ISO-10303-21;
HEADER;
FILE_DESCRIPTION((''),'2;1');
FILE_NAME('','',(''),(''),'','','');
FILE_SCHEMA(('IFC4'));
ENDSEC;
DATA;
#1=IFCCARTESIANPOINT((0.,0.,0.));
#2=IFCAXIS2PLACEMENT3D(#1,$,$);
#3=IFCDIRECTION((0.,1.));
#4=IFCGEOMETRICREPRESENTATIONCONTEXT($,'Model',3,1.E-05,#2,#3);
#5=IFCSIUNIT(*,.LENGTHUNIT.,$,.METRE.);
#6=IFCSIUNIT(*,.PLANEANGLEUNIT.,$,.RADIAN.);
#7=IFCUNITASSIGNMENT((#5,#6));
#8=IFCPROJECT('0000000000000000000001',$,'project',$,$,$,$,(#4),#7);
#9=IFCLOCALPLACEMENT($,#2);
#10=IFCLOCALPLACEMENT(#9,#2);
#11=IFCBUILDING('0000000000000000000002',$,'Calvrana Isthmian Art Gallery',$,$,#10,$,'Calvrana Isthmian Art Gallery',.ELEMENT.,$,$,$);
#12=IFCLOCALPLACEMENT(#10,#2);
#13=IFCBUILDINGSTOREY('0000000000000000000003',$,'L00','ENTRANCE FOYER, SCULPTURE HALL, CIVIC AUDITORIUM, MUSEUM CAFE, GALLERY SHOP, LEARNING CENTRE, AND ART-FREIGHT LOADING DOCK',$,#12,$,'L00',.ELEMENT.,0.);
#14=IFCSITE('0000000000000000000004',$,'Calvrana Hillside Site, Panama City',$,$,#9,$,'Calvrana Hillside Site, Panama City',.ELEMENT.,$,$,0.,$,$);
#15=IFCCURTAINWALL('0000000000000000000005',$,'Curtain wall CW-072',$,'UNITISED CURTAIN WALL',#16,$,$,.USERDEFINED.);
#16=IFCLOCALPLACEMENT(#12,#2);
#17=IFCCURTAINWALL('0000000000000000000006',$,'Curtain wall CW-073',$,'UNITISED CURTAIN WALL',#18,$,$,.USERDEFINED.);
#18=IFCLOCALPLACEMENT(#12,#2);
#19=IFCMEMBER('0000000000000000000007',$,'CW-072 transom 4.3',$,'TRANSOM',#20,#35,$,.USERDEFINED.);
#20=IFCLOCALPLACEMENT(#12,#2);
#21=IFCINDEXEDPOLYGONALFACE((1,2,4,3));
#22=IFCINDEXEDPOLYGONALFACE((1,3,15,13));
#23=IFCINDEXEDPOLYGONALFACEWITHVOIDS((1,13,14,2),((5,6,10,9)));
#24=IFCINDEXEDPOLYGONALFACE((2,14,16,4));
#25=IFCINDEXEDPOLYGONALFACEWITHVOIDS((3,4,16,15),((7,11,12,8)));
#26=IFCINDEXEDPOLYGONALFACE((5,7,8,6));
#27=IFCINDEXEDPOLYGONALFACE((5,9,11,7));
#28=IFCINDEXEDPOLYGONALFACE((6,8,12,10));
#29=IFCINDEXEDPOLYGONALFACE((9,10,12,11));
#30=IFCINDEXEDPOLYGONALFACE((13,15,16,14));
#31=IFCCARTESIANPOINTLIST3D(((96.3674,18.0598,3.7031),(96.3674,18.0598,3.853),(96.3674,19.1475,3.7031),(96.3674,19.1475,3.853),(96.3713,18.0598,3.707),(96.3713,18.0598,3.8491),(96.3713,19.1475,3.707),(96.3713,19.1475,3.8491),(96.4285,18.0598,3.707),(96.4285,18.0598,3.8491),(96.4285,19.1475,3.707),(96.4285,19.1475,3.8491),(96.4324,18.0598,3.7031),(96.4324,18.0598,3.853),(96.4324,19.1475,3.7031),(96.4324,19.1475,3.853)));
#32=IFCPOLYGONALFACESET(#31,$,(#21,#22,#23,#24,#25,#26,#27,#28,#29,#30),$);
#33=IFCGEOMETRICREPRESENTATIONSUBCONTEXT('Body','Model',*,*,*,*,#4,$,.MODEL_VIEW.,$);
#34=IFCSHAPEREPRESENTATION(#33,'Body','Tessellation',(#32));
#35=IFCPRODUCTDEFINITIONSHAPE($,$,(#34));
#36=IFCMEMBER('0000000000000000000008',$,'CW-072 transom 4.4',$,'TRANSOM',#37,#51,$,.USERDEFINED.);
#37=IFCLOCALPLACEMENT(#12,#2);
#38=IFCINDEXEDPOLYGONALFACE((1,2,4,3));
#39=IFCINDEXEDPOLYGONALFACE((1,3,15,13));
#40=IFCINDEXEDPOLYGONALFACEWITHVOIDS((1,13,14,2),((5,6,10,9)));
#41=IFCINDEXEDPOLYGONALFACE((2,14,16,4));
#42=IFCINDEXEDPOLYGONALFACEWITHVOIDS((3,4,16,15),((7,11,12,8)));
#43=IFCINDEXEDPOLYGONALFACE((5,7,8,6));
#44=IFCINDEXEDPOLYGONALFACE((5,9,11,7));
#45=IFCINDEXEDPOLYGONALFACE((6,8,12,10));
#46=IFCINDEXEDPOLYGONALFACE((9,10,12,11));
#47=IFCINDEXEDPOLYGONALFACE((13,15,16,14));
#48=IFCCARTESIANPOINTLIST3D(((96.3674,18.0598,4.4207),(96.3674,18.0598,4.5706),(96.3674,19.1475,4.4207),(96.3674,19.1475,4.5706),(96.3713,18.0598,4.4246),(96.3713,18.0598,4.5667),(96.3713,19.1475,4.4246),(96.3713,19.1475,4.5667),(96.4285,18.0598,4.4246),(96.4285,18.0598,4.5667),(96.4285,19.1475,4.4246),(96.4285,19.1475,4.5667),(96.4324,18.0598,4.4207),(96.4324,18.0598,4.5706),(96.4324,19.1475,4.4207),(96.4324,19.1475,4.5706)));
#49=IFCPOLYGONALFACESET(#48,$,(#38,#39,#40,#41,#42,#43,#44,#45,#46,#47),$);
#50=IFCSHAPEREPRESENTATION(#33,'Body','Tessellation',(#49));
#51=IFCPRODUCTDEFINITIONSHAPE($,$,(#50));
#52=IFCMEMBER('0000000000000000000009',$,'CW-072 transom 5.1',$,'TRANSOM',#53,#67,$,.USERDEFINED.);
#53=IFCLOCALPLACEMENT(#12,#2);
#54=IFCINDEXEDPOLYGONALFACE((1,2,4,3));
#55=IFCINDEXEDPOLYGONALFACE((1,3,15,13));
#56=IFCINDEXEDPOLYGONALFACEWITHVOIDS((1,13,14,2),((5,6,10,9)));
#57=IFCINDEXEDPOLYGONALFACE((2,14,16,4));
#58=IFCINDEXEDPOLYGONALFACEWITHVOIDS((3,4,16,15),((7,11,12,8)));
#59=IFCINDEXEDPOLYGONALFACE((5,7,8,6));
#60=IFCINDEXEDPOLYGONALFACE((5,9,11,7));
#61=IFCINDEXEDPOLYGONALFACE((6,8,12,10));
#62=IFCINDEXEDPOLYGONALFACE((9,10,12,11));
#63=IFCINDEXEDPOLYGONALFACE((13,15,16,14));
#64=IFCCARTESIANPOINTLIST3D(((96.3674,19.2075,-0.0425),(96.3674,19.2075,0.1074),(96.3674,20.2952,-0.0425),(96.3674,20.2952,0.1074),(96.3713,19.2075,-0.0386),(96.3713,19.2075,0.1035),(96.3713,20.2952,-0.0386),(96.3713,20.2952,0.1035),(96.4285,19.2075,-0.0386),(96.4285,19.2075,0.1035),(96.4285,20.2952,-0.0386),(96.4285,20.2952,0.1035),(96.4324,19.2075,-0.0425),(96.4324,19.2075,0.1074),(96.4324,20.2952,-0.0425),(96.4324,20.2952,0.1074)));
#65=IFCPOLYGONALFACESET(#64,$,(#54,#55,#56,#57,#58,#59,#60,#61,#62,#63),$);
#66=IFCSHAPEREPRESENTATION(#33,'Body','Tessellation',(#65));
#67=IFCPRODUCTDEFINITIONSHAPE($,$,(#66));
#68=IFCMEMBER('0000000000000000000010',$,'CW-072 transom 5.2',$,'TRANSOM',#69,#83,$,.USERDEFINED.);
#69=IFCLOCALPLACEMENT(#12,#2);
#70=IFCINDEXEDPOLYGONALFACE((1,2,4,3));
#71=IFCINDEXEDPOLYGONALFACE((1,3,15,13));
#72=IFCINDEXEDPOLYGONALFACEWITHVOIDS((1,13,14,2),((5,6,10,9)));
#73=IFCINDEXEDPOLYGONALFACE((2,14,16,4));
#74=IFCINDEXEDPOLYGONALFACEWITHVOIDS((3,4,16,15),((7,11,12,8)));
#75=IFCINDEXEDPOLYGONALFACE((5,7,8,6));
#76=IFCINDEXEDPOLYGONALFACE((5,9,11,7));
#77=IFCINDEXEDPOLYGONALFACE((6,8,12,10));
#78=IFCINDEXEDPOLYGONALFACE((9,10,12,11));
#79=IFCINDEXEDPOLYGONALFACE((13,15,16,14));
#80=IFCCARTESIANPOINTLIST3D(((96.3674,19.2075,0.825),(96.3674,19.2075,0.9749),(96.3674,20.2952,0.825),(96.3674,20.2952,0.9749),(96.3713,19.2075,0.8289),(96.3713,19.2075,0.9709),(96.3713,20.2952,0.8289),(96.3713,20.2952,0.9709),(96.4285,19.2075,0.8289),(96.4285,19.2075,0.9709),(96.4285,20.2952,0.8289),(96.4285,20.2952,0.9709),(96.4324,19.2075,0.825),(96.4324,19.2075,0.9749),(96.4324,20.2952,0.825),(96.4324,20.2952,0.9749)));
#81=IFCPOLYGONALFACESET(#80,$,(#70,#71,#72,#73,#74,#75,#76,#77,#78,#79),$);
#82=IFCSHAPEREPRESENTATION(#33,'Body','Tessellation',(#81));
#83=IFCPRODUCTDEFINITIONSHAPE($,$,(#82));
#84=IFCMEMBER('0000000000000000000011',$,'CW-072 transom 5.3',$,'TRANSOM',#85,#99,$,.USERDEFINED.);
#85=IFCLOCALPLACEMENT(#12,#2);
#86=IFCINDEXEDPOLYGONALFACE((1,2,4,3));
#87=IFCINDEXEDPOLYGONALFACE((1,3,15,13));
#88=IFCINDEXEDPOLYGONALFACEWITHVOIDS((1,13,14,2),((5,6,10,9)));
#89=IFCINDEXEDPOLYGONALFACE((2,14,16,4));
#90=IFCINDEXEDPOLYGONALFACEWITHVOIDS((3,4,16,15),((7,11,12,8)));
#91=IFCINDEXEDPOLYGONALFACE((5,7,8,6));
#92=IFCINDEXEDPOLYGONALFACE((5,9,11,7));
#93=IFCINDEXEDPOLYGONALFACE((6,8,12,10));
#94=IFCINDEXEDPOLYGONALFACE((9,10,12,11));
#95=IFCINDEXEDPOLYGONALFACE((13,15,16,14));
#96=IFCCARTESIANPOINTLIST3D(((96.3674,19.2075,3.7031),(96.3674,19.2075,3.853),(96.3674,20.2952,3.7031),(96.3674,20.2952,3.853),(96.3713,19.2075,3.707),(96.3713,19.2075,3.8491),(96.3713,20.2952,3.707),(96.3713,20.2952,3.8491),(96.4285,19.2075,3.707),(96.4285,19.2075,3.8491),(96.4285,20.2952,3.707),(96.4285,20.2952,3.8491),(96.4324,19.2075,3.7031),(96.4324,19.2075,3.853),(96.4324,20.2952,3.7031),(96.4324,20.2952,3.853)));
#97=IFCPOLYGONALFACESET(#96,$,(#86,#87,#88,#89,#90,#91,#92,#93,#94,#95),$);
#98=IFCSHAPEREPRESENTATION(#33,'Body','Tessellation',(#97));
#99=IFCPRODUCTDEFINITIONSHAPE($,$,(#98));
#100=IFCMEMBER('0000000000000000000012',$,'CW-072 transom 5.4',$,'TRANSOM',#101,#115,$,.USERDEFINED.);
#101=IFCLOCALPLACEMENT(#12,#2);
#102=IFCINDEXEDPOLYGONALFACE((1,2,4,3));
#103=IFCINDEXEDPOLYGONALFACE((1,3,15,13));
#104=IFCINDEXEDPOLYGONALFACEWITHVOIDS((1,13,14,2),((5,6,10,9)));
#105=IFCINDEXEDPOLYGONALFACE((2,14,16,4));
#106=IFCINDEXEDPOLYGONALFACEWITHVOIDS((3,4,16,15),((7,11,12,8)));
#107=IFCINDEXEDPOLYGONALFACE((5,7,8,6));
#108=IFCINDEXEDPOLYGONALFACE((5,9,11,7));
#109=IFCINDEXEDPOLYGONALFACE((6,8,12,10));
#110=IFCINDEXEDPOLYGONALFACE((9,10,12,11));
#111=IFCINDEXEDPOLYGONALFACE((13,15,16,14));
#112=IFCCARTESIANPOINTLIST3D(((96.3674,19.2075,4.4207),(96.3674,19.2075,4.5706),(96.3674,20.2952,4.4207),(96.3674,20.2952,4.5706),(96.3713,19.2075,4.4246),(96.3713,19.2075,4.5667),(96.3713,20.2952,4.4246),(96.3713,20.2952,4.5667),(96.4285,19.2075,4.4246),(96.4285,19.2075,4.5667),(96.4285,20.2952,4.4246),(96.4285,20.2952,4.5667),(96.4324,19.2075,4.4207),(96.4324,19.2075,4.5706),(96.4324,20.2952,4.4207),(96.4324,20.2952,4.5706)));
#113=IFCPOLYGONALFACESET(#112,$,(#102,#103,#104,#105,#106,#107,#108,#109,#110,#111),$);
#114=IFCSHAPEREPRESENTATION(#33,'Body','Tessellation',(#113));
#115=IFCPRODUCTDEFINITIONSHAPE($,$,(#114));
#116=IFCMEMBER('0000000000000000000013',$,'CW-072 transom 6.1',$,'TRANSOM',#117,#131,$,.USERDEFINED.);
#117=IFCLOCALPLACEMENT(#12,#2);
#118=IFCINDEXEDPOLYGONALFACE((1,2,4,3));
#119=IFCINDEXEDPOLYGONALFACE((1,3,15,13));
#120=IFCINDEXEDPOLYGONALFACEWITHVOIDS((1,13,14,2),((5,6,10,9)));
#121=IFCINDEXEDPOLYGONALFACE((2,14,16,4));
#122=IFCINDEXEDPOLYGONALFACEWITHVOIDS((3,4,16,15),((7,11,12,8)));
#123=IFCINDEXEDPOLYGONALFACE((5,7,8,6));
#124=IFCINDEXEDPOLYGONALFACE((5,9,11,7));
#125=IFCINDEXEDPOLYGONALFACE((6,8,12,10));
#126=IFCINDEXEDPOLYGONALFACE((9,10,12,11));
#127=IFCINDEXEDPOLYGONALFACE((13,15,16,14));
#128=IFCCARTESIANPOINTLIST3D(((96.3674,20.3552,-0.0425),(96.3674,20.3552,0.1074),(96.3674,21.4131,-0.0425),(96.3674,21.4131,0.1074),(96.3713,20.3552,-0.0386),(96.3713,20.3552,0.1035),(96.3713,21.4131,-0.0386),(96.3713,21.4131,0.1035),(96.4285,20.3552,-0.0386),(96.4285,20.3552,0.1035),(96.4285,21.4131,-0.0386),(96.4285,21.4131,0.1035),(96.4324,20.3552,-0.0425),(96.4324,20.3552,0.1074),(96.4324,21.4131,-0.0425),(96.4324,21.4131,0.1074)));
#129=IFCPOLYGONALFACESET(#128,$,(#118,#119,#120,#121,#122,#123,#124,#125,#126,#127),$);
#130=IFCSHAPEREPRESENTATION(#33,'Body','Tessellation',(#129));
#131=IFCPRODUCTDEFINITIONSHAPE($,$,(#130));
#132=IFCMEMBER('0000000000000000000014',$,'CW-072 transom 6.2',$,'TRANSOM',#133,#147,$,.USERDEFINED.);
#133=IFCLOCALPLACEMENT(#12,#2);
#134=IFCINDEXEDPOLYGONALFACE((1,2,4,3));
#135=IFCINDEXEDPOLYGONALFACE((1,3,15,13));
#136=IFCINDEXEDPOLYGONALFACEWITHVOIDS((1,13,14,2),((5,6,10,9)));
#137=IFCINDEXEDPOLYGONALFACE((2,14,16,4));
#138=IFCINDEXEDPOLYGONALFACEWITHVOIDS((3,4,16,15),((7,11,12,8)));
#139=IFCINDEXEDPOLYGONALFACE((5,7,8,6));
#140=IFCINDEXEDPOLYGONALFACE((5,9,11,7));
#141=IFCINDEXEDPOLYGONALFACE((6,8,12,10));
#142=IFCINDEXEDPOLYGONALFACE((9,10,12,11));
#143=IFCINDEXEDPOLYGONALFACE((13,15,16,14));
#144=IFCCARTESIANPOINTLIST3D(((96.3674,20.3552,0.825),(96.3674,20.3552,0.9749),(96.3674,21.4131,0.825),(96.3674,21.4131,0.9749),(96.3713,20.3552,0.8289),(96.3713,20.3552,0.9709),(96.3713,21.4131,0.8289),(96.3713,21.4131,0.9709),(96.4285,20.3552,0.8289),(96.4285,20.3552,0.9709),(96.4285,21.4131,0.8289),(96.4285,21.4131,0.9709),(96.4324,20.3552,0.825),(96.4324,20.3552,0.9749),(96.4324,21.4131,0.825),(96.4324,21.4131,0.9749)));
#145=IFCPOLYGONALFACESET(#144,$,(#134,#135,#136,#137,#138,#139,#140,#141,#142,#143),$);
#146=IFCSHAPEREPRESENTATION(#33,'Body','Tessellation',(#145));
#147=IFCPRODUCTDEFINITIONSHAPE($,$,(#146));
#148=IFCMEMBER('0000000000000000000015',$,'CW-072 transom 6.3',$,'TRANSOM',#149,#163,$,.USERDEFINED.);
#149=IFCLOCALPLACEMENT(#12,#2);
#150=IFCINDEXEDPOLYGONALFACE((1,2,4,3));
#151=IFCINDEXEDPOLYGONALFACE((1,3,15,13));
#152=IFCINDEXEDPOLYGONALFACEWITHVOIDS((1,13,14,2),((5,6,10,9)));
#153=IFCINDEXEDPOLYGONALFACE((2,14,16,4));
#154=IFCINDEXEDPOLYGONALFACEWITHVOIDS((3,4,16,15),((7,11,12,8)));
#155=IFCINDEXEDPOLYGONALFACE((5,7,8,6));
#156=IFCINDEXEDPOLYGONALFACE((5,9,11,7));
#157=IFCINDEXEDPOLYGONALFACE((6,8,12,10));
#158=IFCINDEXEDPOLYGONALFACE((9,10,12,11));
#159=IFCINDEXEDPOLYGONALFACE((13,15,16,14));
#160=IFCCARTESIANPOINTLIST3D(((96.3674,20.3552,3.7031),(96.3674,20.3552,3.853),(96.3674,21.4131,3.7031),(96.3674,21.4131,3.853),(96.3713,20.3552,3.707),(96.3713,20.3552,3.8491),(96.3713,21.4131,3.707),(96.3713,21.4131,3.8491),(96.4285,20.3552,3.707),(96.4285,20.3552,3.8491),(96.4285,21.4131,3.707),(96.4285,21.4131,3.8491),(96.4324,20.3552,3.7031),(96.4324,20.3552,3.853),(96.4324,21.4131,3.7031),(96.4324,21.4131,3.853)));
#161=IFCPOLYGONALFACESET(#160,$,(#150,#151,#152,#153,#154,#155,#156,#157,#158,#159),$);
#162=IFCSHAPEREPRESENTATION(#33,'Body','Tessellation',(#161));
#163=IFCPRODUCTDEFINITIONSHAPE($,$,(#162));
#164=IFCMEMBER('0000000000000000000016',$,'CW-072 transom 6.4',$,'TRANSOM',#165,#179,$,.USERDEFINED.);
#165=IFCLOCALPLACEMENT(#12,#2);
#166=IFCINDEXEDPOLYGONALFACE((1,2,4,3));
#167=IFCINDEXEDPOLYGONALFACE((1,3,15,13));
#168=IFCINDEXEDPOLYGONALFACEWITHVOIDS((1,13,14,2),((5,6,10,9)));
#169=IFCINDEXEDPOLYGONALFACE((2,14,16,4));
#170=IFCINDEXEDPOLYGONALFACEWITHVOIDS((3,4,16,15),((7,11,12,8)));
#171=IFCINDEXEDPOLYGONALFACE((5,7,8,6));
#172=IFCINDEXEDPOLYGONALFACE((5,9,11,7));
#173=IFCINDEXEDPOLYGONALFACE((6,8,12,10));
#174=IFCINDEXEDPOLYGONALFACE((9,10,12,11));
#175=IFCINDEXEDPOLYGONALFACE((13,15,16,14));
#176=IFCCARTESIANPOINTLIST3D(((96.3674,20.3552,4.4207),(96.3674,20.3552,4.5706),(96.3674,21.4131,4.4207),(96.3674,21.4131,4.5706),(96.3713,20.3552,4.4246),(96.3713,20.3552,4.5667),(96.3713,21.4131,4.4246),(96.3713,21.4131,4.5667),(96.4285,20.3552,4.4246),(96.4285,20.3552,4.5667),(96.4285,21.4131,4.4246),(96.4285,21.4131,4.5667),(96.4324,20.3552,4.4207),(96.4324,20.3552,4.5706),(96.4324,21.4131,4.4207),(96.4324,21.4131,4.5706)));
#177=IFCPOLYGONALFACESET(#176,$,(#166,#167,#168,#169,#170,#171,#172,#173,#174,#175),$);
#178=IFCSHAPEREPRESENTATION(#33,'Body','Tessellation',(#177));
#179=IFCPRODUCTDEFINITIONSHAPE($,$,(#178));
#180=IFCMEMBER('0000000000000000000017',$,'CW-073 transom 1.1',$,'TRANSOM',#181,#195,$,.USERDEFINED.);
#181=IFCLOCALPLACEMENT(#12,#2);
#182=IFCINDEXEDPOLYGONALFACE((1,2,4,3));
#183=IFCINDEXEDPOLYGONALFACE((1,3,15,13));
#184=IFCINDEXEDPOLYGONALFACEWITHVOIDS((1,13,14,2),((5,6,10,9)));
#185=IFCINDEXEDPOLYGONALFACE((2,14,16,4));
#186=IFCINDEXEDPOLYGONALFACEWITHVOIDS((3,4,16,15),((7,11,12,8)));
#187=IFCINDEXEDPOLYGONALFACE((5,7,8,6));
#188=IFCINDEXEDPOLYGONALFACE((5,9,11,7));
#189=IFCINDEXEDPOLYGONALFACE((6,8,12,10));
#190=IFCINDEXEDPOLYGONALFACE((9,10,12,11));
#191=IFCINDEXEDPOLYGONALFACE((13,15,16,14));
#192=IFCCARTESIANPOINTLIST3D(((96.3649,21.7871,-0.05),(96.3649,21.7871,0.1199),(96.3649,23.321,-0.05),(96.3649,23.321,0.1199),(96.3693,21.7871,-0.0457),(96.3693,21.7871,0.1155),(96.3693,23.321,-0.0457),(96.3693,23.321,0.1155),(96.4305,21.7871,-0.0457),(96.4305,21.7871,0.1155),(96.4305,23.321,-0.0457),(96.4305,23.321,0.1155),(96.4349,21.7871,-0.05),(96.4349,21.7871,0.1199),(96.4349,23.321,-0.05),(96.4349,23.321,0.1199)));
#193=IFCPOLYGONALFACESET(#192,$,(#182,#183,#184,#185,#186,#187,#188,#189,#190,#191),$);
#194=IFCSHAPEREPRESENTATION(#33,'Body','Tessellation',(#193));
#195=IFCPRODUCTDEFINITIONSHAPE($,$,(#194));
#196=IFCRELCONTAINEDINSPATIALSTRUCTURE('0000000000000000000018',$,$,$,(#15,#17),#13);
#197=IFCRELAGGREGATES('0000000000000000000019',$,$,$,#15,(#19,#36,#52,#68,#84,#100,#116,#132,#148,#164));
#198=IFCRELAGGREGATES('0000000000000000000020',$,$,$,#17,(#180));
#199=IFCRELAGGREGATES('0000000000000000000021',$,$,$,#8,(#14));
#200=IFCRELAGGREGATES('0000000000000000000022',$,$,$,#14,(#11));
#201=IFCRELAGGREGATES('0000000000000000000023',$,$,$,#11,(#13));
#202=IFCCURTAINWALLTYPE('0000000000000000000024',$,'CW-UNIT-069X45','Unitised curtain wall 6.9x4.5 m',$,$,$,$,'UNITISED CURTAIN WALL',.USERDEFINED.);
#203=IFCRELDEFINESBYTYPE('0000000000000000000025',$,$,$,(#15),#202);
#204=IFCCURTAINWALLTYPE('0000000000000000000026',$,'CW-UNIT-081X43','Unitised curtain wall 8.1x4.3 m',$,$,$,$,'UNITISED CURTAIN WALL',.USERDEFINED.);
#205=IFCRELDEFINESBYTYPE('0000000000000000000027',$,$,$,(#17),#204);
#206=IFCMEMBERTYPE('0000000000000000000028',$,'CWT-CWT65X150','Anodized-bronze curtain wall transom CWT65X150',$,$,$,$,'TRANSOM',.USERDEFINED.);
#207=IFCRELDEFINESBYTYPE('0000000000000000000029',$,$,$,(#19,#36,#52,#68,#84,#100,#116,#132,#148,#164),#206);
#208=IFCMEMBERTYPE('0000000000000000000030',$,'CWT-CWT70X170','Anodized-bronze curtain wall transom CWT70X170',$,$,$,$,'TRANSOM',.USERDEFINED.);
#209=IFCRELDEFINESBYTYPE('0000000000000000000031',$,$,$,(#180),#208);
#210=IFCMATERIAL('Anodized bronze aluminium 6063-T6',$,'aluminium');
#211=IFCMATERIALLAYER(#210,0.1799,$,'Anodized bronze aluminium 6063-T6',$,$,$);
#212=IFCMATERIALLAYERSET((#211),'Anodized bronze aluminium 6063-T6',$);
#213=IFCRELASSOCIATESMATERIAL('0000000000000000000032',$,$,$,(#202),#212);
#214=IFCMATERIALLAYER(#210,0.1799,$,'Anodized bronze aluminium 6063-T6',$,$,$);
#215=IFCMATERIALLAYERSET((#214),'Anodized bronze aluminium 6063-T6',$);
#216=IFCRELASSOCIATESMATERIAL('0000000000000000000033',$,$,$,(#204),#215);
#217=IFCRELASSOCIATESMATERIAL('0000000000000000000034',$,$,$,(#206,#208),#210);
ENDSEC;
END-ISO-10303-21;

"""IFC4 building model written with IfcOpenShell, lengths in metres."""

from ifc_helpers import new_model, si_unit, direction, frame, origin, origin_2d, place, context, subcontext, project, spatial, hollow_rectangle, extrude, material, layer, layer_set, material_profile, profile_set, type_object, element, aggregate, save


model = new_model("IFC4")

# Units and contexts
model_context = context("Model", 3, precision=1e-05, world=origin(), true_north=direction((0.0, 1.0)))
body_context = subcontext(model_context, "Body", "Model", "MODEL_VIEW")
ifc_project = project(units=[si_unit("LENGTHUNIT", "METRE"), si_unit("PLANEANGLEUNIT", "RADIAN")], contexts=[model_context])

# Site, building, storey
site_placement = place(None, origin())
site = spatial("IfcSite", under=ifc_project, at=site_placement, Name="Calvrana Hillside Site, Panama City", LongName="Calvrana Hillside Site, Panama City", CompositionType="ELEMENT", RefElevation=0.0)
building_placement = place(site_placement, origin())
building = spatial("IfcBuilding", under=site, at=building_placement, Name="Calvrana Isthmian Art Gallery", LongName="Calvrana Isthmian Art Gallery", CompositionType="ELEMENT")
storey_placement = place(building_placement, origin())
storey = spatial("IfcBuildingStorey", under=building, at=storey_placement, Name="L00", Description="ENTRANCE FOYER, SCULPTURE HALL, CIVIC AUDITORIUM, MUSEUM CAFE, GALLERY SHOP, LEARNING CENTRE, AND ART-FREIGHT LOADING DOCK", LongName="L00", CompositionType="ELEMENT", Elevation=0.0)

# Curtain wall
ifc_material_1 = material(Name="Anodized bronze aluminium 6063-T6", Category="aluminium")
ifc_layer_1 = layer(ifc_material_1, 0.1799, Name="Anodized bronze aluminium 6063-T6")
ifc_layer_set_1 = layer_set([ifc_layer_1], Name="Anodized bronze aluminium 6063-T6")
curtain_wall_type_1 = type_object("IfcCurtainWallType", Name="CW-UNIT-069X45", Description="Unitised curtain wall 6.9x4.5 m", ElementType="UNITISED CURTAIN WALL", PredefinedType="USERDEFINED", material=ifc_layer_set_1)
curtain_wall_1_placement = place(storey_placement, origin())
curtain_wall_1 = element("IfcCurtainWall", 1, at=curtain_wall_1_placement, inside=storey, type_object=curtain_wall_type_1, Name="Curtain wall CW-072", ObjectType="UNITISED CURTAIN WALL", PredefinedType="USERDEFINED")

# Curtain wall
ifc_layer_2 = layer(ifc_material_1, 0.1799, Name="Anodized bronze aluminium 6063-T6")
ifc_layer_set_2 = layer_set([ifc_layer_2], Name="Anodized bronze aluminium 6063-T6")
curtain_wall_type_2 = type_object("IfcCurtainWallType", Name="CW-UNIT-081X43", Description="Unitised curtain wall 8.1x4.3 m", ElementType="UNITISED CURTAIN WALL", PredefinedType="USERDEFINED", material=ifc_layer_set_2)
curtain_wall_2_placement = place(storey_placement, origin())
curtain_wall_2 = element("IfcCurtainWall", 2, at=curtain_wall_2_placement, inside=storey, type_object=curtain_wall_type_2, Name="Curtain wall CW-073", ObjectType="UNITISED CURTAIN WALL", PredefinedType="USERDEFINED")

# Members
ifc_material_profile_1 = material_profile(ifc_material_1, hollow_rectangle(XDim=0.0649, YDim=0.1499, WallThickness=0.0039, at=origin_2d()), Name="CWT65X150")
ifc_profile_set_1 = profile_set([ifc_material_profile_1], Name="Anodized bronze aluminium 6063-T6")
member_type_1 = type_object("IfcMemberType", Name="CWT-CWT65X150", Description="Anodized-bronze curtain wall transom CWT65X150", ElementType="TRANSOM", PredefinedType="USERDEFINED", material=ifc_profile_set_1)
member_1_placement = place(storey_placement, frame((96.3999, 18.0598, 3.7781), z_axis=(0.0, 1.0, 0.0), x_axis=(-1.0, 0.0, 0.0)))
member_1 = element("IfcMember", 3, at=member_1_placement, type_object=member_type_1, Name="CW-072 transom 4.3", ObjectType="TRANSOM", PredefinedType="USERDEFINED", context=body_context, shape_type="SweptSolid", body=[
    extrude(hollow_rectangle(XDim=0.0649, YDim=0.1499, WallThickness=0.0039, at=origin_2d()), origin(), (0.0, 0.0, 1.0), 1.0876),
])
member_2_placement = place(storey_placement, frame((96.3999, 18.0598, 4.4956), z_axis=(0.0, 1.0, 0.0), x_axis=(-1.0, 0.0, 0.0)))
member_2 = element("IfcMember", 4, at=member_2_placement, type_object=member_type_1, Name="CW-072 transom 4.4", ObjectType="TRANSOM", PredefinedType="USERDEFINED", context=body_context, shape_type="SweptSolid", body=[
    extrude(hollow_rectangle(XDim=0.0649, YDim=0.1499, WallThickness=0.0039, at=origin_2d()), origin(), (0.0, 0.0, 1.0), 1.0876),
])
member_3_placement = place(storey_placement, frame((96.3999, 19.2075, 0.0325), z_axis=(0.0, 1.0, 0.0), x_axis=(-1.0, 0.0, 0.0)))
member_3 = element("IfcMember", 5, at=member_3_placement, type_object=member_type_1, Name="CW-072 transom 5.1", ObjectType="TRANSOM", PredefinedType="USERDEFINED", context=body_context, shape_type="SweptSolid", body=[
    extrude(hollow_rectangle(XDim=0.0649, YDim=0.1499, WallThickness=0.0039, at=origin_2d()), origin(), (0.0, 0.0, 1.0), 1.0876),
])
member_4_placement = place(storey_placement, frame((96.3999, 19.2075, 0.8999), z_axis=(0.0, 1.0, 0.0), x_axis=(-1.0, 0.0, 0.0)))
member_4 = element("IfcMember", 6, at=member_4_placement, type_object=member_type_1, Name="CW-072 transom 5.2", ObjectType="TRANSOM", PredefinedType="USERDEFINED", context=body_context, shape_type="SweptSolid", body=[
    extrude(hollow_rectangle(XDim=0.0649, YDim=0.1499, WallThickness=0.0039, at=origin_2d()), origin(), (0.0, 0.0, 1.0), 1.0876),
])
member_5_placement = place(storey_placement, frame((96.3999, 19.2075, 3.7781), z_axis=(0.0, 1.0, 0.0), x_axis=(-1.0, 0.0, 0.0)))
member_5 = element("IfcMember", 7, at=member_5_placement, type_object=member_type_1, Name="CW-072 transom 5.3", ObjectType="TRANSOM", PredefinedType="USERDEFINED", context=body_context, shape_type="SweptSolid", body=[
    extrude(hollow_rectangle(XDim=0.0649, YDim=0.1499, WallThickness=0.0039, at=origin_2d()), origin(), (0.0, 0.0, 1.0), 1.0876),
])
member_6_placement = place(storey_placement, frame((96.3999, 19.2075, 4.4956), z_axis=(0.0, 1.0, 0.0), x_axis=(-1.0, 0.0, 0.0)))
member_6 = element("IfcMember", 8, at=member_6_placement, type_object=member_type_1, Name="CW-072 transom 5.4", ObjectType="TRANSOM", PredefinedType="USERDEFINED", context=body_context, shape_type="SweptSolid", body=[
    extrude(hollow_rectangle(XDim=0.0649, YDim=0.1499, WallThickness=0.0039, at=origin_2d()), origin(), (0.0, 0.0, 1.0), 1.0876),
])
member_7_placement = place(storey_placement, frame((96.3999, 20.3552, 0.0325), z_axis=(0.0, 1.0, 0.0), x_axis=(-1.0, 0.0, 0.0)))
member_7 = element("IfcMember", 9, at=member_7_placement, type_object=member_type_1, Name="CW-072 transom 6.1", ObjectType="TRANSOM", PredefinedType="USERDEFINED", context=body_context, shape_type="SweptSolid", body=[
    extrude(hollow_rectangle(XDim=0.0649, YDim=0.1499, WallThickness=0.0039, at=origin_2d()), origin(), (0.0, 0.0, 1.0), 1.0579),
])
member_8_placement = place(storey_placement, frame((96.3999, 20.3552, 0.8999), z_axis=(0.0, 1.0, 0.0), x_axis=(-1.0, 0.0, 0.0)))
member_8 = element("IfcMember", 10, at=member_8_placement, type_object=member_type_1, Name="CW-072 transom 6.2", ObjectType="TRANSOM", PredefinedType="USERDEFINED", context=body_context, shape_type="SweptSolid", body=[
    extrude(hollow_rectangle(XDim=0.0649, YDim=0.1499, WallThickness=0.0039, at=origin_2d()), origin(), (0.0, 0.0, 1.0), 1.0579),
])
member_9_placement = place(storey_placement, frame((96.3999, 20.3552, 3.7781), z_axis=(0.0, 1.0, 0.0), x_axis=(-1.0, 0.0, 0.0)))
member_9 = element("IfcMember", 11, at=member_9_placement, type_object=member_type_1, Name="CW-072 transom 6.3", ObjectType="TRANSOM", PredefinedType="USERDEFINED", context=body_context, shape_type="SweptSolid", body=[
    extrude(hollow_rectangle(XDim=0.0649, YDim=0.1499, WallThickness=0.0039, at=origin_2d()), origin(), (0.0, 0.0, 1.0), 1.0579),
])
member_10_placement = place(storey_placement, frame((96.3999, 20.3552, 4.4956), z_axis=(0.0, 1.0, 0.0), x_axis=(-1.0, 0.0, 0.0)))
member_10 = element("IfcMember", 12, at=member_10_placement, type_object=member_type_1, Name="CW-072 transom 6.4", ObjectType="TRANSOM", PredefinedType="USERDEFINED", context=body_context, shape_type="SweptSolid", body=[
    extrude(hollow_rectangle(XDim=0.0649, YDim=0.1499, WallThickness=0.0039, at=origin_2d()), origin(), (0.0, 0.0, 1.0), 1.0579),
])
ifc_material_profile_2 = material_profile(ifc_material_1, hollow_rectangle(XDim=0.0701, YDim=0.1699, WallThickness=0.0044, at=origin_2d()), Name="CWT70X170")
ifc_profile_set_2 = profile_set([ifc_material_profile_2], Name="Anodized bronze aluminium 6063-T6")
member_type_2 = type_object("IfcMemberType", Name="CWT-CWT70X170", Description="Anodized-bronze curtain wall transom CWT70X170", ElementType="TRANSOM", PredefinedType="USERDEFINED", material=ifc_profile_set_2)
member_11_placement = place(storey_placement, frame((96.3999, 21.7871, 0.0349), z_axis=(0.0, 1.0, 0.0), x_axis=(-1.0, 0.0, 0.0)))
member_11 = element("IfcMember", 13, at=member_11_placement, type_object=member_type_2, Name="CW-073 transom 1.1", ObjectType="TRANSOM", PredefinedType="USERDEFINED", context=body_context, shape_type="SweptSolid", body=[
    extrude(hollow_rectangle(XDim=0.0701, YDim=0.1699, WallThickness=0.0044, at=origin_2d()), origin(), (0.0, 0.0, 1.0), 1.5339),
])

aggregate(curtain_wall_1, [member_1, member_2, member_3, member_4, member_5, member_6, member_7, member_8, member_9, member_10])
aggregate(curtain_wall_2, [member_11])

save(model, "model.ifc")
